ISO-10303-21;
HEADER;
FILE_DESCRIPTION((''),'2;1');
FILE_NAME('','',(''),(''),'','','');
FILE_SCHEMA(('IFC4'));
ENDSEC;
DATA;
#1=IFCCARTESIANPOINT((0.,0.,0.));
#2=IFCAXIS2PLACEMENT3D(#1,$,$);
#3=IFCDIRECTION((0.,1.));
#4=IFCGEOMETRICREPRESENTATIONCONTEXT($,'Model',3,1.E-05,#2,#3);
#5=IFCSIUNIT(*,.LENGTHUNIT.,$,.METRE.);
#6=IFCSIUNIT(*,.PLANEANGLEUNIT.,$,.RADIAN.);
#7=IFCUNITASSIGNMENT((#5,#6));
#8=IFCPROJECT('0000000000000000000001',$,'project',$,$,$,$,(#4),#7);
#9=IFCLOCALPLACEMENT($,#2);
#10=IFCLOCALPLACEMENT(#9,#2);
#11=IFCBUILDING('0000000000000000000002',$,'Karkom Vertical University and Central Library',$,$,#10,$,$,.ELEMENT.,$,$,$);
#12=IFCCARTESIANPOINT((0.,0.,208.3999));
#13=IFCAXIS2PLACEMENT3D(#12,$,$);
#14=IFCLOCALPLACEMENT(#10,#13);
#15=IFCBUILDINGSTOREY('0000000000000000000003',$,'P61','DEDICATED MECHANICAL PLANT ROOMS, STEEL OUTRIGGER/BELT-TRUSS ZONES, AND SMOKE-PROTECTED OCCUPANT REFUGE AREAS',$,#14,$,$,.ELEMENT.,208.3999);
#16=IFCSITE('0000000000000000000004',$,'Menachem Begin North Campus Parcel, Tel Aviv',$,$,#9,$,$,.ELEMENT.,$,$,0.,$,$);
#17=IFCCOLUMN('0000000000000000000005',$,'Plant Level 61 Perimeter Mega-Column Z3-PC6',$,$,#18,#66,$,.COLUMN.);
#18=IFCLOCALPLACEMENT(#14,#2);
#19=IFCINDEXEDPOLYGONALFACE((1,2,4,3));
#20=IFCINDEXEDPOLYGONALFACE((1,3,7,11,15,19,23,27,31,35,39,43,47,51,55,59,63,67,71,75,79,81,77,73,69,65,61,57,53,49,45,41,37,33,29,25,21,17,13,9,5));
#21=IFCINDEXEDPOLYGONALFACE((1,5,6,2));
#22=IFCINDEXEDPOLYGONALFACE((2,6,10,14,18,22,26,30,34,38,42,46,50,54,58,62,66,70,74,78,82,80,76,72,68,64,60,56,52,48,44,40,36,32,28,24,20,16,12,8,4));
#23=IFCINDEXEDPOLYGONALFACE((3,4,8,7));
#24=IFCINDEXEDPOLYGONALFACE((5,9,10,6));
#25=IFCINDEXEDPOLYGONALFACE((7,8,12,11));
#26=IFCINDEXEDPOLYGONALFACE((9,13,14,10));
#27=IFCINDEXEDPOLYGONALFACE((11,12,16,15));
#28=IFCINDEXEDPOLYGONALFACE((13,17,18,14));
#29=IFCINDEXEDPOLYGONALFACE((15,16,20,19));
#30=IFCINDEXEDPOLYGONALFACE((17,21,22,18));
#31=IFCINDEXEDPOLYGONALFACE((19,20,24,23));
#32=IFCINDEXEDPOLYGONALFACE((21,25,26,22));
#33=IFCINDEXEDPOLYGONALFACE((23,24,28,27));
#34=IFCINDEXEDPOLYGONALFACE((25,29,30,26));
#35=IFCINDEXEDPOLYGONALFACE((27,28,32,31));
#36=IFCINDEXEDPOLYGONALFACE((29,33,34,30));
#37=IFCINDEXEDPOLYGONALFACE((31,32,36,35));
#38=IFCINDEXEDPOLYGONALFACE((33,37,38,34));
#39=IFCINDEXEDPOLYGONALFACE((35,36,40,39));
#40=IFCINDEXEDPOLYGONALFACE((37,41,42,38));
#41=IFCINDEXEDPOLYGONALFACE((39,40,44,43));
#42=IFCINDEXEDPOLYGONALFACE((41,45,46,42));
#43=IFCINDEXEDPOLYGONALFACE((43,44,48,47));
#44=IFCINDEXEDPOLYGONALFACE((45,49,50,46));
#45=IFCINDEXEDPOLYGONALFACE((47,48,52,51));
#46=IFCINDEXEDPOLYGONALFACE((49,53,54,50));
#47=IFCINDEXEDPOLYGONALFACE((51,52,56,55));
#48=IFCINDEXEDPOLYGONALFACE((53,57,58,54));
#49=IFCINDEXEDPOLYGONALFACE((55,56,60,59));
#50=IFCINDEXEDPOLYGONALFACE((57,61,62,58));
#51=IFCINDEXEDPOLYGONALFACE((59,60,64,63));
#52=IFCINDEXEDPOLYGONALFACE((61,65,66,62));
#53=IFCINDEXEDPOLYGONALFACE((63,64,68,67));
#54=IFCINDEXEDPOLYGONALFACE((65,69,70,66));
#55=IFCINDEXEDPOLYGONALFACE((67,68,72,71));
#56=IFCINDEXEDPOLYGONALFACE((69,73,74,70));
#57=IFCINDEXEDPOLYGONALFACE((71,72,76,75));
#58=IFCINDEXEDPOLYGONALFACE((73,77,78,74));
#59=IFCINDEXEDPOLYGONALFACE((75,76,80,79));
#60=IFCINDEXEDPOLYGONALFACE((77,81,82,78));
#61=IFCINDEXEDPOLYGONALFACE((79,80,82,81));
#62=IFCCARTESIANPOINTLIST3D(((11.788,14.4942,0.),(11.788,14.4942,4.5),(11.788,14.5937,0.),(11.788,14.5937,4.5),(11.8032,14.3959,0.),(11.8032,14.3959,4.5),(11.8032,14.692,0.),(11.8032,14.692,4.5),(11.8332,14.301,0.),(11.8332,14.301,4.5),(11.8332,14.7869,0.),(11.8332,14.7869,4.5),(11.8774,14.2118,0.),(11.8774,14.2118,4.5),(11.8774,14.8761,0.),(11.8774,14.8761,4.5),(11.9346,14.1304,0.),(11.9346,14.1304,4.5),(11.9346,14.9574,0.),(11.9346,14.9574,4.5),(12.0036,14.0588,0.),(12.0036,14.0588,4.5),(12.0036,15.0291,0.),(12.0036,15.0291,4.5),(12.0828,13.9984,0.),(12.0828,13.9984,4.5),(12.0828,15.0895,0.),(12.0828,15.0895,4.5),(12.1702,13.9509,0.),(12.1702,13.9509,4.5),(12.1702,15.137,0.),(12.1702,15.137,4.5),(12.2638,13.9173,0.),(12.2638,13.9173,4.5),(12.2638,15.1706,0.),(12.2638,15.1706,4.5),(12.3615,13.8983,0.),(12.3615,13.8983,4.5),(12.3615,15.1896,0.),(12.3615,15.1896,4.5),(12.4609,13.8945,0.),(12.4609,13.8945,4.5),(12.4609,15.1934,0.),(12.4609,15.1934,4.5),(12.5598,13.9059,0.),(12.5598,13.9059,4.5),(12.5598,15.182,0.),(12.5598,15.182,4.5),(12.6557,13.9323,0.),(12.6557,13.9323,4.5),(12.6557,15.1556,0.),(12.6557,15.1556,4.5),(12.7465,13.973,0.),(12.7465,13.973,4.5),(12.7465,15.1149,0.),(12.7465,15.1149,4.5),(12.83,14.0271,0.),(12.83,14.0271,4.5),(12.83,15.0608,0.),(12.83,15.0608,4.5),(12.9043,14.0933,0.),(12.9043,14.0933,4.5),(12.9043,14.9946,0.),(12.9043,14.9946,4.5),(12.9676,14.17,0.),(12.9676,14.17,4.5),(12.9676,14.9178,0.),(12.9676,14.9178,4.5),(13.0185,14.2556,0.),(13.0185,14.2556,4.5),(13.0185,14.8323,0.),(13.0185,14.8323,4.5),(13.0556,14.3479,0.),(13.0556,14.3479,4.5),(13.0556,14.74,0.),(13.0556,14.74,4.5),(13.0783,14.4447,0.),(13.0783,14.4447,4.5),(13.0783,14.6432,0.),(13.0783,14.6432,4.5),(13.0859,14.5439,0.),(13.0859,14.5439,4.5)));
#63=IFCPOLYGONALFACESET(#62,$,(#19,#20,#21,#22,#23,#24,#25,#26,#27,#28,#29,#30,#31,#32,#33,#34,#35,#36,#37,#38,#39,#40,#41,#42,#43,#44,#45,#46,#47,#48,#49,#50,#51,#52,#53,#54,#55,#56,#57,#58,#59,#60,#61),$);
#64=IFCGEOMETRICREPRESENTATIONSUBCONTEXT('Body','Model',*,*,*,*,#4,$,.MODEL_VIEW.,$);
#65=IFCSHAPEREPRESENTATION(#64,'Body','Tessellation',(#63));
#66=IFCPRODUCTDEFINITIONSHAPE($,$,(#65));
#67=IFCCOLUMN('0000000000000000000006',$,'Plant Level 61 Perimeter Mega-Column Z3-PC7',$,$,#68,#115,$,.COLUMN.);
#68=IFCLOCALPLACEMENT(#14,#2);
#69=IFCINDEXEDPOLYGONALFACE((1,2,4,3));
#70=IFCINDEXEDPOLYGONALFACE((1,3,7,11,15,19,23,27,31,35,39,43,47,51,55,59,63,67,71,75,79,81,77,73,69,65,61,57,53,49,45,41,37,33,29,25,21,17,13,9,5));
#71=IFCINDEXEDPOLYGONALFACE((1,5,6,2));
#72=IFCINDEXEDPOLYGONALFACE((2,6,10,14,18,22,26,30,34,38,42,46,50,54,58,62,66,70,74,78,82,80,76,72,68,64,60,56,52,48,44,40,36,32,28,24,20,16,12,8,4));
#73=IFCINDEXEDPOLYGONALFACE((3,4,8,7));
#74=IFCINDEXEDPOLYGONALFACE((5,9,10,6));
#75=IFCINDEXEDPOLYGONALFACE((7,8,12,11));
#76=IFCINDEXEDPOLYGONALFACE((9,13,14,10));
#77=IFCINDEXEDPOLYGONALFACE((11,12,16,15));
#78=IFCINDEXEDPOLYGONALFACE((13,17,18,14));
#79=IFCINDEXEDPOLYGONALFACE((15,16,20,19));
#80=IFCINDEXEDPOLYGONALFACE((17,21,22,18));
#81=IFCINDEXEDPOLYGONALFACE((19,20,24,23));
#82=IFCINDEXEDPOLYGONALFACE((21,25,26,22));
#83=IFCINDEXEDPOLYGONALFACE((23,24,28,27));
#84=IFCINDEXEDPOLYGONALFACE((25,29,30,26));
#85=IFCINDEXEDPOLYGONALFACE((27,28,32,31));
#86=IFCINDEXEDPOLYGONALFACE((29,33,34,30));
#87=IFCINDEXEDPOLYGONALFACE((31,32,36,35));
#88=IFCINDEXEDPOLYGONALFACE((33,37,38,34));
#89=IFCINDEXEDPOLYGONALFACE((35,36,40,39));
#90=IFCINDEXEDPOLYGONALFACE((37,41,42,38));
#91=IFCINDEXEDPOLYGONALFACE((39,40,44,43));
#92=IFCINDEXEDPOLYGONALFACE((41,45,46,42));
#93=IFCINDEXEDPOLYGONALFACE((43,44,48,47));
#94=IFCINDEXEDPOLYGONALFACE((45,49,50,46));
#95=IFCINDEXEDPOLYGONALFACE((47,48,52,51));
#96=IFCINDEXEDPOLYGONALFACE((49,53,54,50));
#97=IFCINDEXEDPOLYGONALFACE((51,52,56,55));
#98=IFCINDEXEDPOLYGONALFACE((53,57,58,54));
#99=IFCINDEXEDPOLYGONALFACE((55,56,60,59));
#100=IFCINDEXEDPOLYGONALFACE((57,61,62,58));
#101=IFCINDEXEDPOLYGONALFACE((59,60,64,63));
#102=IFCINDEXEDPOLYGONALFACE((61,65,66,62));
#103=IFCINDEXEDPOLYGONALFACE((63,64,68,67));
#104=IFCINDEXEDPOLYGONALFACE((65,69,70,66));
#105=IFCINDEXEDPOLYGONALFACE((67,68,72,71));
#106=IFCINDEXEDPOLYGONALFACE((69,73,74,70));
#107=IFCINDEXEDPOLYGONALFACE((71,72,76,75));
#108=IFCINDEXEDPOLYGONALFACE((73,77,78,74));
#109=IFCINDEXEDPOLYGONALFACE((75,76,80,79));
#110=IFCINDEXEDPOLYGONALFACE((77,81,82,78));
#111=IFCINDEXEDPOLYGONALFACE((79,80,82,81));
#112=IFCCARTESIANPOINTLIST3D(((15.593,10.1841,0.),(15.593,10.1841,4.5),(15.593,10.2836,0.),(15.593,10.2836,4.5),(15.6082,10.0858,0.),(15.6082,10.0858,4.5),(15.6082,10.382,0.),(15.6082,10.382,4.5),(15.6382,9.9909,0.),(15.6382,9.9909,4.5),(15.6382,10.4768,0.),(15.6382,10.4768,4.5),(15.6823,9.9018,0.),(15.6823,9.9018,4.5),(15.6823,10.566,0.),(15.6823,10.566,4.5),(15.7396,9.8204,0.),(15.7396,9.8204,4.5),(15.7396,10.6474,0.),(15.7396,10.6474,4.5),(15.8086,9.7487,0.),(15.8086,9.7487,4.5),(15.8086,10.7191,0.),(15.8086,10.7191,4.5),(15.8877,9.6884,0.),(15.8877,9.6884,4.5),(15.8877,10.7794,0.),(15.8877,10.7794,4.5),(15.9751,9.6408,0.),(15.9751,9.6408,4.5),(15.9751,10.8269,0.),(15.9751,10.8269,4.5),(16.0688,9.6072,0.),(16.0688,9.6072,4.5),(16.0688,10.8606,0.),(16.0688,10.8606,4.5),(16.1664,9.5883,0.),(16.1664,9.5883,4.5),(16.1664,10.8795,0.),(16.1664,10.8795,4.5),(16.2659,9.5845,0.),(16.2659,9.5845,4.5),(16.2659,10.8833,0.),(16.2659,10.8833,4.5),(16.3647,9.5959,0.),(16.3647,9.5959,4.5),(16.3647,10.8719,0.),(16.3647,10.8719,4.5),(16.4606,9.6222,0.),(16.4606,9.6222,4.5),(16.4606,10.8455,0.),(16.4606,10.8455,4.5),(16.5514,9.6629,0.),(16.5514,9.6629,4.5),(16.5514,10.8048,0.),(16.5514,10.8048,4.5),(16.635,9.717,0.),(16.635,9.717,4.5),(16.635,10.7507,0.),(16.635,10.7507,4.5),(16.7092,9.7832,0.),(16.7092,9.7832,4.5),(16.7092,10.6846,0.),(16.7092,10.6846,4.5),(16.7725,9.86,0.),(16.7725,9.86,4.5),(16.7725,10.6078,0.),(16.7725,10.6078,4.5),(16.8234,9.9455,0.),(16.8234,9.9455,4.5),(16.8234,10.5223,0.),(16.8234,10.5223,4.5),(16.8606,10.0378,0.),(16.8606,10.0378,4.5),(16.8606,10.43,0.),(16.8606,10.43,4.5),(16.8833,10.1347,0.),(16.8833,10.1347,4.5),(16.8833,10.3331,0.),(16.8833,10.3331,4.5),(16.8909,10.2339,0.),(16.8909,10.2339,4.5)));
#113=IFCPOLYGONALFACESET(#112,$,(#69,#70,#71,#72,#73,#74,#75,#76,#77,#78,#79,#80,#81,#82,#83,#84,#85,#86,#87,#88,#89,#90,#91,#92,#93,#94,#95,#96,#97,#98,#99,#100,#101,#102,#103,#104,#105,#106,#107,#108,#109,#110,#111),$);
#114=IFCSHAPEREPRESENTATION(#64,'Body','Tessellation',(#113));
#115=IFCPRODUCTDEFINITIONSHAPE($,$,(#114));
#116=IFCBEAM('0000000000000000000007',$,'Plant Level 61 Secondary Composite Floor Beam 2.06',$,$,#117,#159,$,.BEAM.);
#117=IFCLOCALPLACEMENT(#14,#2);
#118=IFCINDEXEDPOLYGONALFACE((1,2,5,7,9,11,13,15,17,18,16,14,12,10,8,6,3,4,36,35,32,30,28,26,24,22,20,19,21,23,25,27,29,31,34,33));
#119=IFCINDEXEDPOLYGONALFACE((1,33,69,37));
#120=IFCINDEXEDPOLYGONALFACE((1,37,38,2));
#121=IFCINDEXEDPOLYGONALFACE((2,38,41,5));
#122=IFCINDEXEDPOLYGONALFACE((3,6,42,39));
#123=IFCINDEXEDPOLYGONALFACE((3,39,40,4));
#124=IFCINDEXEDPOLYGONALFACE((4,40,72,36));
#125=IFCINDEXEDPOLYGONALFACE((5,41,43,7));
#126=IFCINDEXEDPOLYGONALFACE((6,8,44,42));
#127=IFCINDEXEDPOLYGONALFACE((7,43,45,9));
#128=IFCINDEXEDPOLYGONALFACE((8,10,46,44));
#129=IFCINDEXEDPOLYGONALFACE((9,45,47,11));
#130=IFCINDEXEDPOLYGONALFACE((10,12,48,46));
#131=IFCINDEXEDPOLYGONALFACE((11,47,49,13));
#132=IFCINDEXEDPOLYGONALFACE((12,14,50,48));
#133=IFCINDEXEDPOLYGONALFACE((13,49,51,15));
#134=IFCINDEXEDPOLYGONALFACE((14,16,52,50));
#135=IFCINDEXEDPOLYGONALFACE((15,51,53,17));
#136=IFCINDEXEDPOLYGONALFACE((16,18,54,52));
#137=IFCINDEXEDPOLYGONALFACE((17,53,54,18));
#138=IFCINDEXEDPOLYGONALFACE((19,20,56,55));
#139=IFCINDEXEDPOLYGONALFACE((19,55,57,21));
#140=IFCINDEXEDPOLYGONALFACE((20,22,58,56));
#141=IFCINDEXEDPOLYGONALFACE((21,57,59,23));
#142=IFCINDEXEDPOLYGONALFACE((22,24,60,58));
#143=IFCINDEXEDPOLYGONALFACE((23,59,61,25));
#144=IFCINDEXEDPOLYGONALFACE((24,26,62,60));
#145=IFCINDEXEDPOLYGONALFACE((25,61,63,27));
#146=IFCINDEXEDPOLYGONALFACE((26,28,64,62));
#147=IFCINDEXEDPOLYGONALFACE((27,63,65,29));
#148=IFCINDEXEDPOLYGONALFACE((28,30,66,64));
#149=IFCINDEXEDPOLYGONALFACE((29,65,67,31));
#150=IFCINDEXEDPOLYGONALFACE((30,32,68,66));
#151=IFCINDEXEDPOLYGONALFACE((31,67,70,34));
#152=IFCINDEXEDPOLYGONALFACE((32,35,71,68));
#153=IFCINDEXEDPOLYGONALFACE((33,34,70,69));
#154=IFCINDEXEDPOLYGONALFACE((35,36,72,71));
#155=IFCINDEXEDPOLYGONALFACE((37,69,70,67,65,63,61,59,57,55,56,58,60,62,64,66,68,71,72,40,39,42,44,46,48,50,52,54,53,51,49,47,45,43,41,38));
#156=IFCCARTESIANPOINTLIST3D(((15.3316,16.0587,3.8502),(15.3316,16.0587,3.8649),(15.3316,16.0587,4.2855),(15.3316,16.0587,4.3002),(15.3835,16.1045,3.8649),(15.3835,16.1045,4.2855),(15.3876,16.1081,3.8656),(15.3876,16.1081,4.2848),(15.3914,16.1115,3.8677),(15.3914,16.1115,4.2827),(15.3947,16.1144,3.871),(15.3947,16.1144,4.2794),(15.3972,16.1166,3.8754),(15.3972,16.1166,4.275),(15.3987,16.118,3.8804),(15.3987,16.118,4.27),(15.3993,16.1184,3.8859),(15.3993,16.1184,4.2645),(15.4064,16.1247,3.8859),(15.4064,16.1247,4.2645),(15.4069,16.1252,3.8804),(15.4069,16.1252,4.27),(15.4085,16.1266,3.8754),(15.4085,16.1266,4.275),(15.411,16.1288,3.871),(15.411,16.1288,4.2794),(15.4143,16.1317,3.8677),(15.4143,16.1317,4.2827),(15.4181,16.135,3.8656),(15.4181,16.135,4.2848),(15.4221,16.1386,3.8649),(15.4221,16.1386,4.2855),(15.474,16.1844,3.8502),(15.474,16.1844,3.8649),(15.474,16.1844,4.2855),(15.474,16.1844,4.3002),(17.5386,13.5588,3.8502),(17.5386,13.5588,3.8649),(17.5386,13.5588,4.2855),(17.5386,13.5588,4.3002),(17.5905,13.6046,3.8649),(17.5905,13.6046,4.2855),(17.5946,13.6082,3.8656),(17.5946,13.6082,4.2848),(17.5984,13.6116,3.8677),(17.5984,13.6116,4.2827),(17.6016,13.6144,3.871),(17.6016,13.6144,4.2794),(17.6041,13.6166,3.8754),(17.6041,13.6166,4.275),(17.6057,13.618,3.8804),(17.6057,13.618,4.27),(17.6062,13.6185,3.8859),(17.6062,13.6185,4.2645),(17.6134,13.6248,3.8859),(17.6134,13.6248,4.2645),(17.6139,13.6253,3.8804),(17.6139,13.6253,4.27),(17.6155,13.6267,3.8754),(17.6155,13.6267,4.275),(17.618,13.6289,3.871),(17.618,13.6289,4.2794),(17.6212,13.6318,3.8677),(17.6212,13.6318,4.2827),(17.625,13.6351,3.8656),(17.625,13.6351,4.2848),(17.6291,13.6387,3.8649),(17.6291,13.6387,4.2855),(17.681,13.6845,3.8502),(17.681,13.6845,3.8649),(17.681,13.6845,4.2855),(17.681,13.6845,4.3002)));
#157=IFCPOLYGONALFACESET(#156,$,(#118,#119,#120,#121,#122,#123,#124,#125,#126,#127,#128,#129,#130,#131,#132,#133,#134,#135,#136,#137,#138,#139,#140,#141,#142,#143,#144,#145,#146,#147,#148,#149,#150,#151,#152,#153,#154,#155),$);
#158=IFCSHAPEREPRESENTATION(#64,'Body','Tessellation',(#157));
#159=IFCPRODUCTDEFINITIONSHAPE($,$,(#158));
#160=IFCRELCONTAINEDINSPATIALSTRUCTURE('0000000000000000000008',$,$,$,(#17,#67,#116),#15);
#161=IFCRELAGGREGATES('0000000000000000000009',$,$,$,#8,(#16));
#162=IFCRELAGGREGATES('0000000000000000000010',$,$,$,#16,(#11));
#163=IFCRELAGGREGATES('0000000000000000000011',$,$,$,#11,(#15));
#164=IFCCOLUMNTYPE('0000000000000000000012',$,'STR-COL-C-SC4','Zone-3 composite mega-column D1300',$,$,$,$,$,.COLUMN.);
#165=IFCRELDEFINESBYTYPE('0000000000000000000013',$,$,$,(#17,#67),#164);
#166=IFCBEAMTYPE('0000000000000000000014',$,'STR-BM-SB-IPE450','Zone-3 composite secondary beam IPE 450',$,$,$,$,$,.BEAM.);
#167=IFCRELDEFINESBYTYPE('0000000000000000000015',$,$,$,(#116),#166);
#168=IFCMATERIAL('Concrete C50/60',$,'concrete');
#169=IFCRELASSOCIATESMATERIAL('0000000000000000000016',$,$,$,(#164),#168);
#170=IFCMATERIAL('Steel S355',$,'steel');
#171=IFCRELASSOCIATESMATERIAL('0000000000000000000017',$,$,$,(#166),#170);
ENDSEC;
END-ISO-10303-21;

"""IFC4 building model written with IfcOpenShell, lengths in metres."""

from ifc_helpers import new_model, si_unit, direction, frame, origin, origin_with_axes, origin_2d, place, context, subcontext, project, spatial, circle, i_section, extrude, source, transform, mapped, material, material_profile, profile_set, type_object, element, save


model = new_model("IFC4")

# Units and contexts
model_context = context("Model", 3, precision=1e-05, world=origin(), true_north=direction((0.0, 1.0)))
body_context = subcontext(model_context, "Body", "Model", "MODEL_VIEW")
ifc_project = project(units=[si_unit("LENGTHUNIT", "METRE"), si_unit("PLANEANGLEUNIT", "RADIAN")], contexts=[model_context])

# Site, building, storey
site_placement = place(None, origin())
site = spatial("IfcSite", under=ifc_project, at=site_placement, Name="Menachem Begin North Campus Parcel, Tel Aviv", CompositionType="ELEMENT", RefElevation=0.0)
building_placement = place(site_placement, origin())
building = spatial("IfcBuilding", under=site, at=building_placement, Name="Karkom Vertical University and Central Library", CompositionType="ELEMENT")
storey_placement = place(building_placement, frame((0.0, 0.0, 208.3999)))
storey = spatial("IfcBuildingStorey", under=building, at=storey_placement, Name="P61", Description="DEDICATED MECHANICAL PLANT ROOMS, STEEL OUTRIGGER/BELT-TRUSS ZONES, AND SMOKE-PROTECTED OCCUPANT REFUGE AREAS", CompositionType="ELEMENT", Elevation=208.3999)

# Columns
ifc_material_1 = material(Name="Concrete C50/60", Category="concrete")
ifc_material_profile_1 = material_profile(ifc_material_1, circle(Radius=0.6499, at=origin_2d()), Name="CFT-D1300")
ifc_profile_set_1 = profile_set([ifc_material_profile_1], Name="Concrete C50/60")
column_type = type_object("IfcColumnType", Name="STR-COL-C-SC4", Description="Zone-3 composite mega-column D1300", PredefinedType="COLUMN", material=ifc_profile_set_1)
shared_shape_1 = source(origin_with_axes(), body_context, "Body", "SweptSolid", [
    extrude(circle(Radius=0.6499, at=origin_2d()), origin(), (0.0, 0.0, 1.0), 4.5),
])
for number, where, z_axis, x_axis, name in (
    (1, (12.436, 14.5439, 0.0), (0.0, 0.0, 1.0), (1.0, 0.0, 0.0), "Plant Level 61 Perimeter Mega-Column Z3-PC6"),
    (2, (16.241, 10.2339, 0.0), (0.0, 0.0, 1.0), (1.0, 0.0, 0.0), "Plant Level 61 Perimeter Mega-Column Z3-PC7"),
):
    element("IfcColumn", number, at=place(storey_placement, frame(where, z_axis=z_axis, x_axis=x_axis)), inside=storey, type_object=column_type, Name=name, PredefinedType="COLUMN", context=body_context, shape_type="MappedRepresentation", body=[
        mapped(shared_shape_1, transform((0.0, 0.0, 0.0), scale=1.0)),
    ])

# Beam
ifc_material_2 = material(Name="Steel S355", Category="steel")
ifc_material_profile_2 = material_profile(ifc_material_2, i_section(OverallWidth=0.1899, OverallDepth=0.45, WebThickness=0.0095, FlangeThickness=0.0146, FilletRadius=0.021, at=origin_2d()), Name="IPE 450")
ifc_profile_set_2 = profile_set([ifc_material_profile_2], Name="Steel S355")
beam_type_1 = type_object("IfcBeamType", Name="STR-BM-SB-IPE450", Description="Zone-3 composite secondary beam IPE 450", PredefinedType="BEAM", material=ifc_profile_set_2)
shared_shape_2 = source(origin_with_axes(), body_context, "Body", "SweptSolid", [
    extrude(i_section(OverallWidth=0.1899, OverallDepth=0.45, WebThickness=0.0095, FlangeThickness=0.0146, FilletRadius=0.021, at=origin_2d()), origin(), (0.0, 0.0, 1.0), 3.3347),
])
beam_1_placement = place(storey_placement, frame((15.4028, 16.1216, 4.0752), z_axis=(0.661815, -0.749667, 0.0), x_axis=(0.749667, 0.661815, 0.0)))
element("IfcBeam", 3, at=beam_1_placement, inside=storey, type_object=beam_type_1, Name="Plant Level 61 Secondary Composite Floor Beam 2.06", PredefinedType="BEAM", context=body_context, shape_type="MappedRepresentation", body=[
    mapped(shared_shape_2, transform((0.0, 0.0, 0.0), scale=1.0)),
])

save(model, "model.ifc")
